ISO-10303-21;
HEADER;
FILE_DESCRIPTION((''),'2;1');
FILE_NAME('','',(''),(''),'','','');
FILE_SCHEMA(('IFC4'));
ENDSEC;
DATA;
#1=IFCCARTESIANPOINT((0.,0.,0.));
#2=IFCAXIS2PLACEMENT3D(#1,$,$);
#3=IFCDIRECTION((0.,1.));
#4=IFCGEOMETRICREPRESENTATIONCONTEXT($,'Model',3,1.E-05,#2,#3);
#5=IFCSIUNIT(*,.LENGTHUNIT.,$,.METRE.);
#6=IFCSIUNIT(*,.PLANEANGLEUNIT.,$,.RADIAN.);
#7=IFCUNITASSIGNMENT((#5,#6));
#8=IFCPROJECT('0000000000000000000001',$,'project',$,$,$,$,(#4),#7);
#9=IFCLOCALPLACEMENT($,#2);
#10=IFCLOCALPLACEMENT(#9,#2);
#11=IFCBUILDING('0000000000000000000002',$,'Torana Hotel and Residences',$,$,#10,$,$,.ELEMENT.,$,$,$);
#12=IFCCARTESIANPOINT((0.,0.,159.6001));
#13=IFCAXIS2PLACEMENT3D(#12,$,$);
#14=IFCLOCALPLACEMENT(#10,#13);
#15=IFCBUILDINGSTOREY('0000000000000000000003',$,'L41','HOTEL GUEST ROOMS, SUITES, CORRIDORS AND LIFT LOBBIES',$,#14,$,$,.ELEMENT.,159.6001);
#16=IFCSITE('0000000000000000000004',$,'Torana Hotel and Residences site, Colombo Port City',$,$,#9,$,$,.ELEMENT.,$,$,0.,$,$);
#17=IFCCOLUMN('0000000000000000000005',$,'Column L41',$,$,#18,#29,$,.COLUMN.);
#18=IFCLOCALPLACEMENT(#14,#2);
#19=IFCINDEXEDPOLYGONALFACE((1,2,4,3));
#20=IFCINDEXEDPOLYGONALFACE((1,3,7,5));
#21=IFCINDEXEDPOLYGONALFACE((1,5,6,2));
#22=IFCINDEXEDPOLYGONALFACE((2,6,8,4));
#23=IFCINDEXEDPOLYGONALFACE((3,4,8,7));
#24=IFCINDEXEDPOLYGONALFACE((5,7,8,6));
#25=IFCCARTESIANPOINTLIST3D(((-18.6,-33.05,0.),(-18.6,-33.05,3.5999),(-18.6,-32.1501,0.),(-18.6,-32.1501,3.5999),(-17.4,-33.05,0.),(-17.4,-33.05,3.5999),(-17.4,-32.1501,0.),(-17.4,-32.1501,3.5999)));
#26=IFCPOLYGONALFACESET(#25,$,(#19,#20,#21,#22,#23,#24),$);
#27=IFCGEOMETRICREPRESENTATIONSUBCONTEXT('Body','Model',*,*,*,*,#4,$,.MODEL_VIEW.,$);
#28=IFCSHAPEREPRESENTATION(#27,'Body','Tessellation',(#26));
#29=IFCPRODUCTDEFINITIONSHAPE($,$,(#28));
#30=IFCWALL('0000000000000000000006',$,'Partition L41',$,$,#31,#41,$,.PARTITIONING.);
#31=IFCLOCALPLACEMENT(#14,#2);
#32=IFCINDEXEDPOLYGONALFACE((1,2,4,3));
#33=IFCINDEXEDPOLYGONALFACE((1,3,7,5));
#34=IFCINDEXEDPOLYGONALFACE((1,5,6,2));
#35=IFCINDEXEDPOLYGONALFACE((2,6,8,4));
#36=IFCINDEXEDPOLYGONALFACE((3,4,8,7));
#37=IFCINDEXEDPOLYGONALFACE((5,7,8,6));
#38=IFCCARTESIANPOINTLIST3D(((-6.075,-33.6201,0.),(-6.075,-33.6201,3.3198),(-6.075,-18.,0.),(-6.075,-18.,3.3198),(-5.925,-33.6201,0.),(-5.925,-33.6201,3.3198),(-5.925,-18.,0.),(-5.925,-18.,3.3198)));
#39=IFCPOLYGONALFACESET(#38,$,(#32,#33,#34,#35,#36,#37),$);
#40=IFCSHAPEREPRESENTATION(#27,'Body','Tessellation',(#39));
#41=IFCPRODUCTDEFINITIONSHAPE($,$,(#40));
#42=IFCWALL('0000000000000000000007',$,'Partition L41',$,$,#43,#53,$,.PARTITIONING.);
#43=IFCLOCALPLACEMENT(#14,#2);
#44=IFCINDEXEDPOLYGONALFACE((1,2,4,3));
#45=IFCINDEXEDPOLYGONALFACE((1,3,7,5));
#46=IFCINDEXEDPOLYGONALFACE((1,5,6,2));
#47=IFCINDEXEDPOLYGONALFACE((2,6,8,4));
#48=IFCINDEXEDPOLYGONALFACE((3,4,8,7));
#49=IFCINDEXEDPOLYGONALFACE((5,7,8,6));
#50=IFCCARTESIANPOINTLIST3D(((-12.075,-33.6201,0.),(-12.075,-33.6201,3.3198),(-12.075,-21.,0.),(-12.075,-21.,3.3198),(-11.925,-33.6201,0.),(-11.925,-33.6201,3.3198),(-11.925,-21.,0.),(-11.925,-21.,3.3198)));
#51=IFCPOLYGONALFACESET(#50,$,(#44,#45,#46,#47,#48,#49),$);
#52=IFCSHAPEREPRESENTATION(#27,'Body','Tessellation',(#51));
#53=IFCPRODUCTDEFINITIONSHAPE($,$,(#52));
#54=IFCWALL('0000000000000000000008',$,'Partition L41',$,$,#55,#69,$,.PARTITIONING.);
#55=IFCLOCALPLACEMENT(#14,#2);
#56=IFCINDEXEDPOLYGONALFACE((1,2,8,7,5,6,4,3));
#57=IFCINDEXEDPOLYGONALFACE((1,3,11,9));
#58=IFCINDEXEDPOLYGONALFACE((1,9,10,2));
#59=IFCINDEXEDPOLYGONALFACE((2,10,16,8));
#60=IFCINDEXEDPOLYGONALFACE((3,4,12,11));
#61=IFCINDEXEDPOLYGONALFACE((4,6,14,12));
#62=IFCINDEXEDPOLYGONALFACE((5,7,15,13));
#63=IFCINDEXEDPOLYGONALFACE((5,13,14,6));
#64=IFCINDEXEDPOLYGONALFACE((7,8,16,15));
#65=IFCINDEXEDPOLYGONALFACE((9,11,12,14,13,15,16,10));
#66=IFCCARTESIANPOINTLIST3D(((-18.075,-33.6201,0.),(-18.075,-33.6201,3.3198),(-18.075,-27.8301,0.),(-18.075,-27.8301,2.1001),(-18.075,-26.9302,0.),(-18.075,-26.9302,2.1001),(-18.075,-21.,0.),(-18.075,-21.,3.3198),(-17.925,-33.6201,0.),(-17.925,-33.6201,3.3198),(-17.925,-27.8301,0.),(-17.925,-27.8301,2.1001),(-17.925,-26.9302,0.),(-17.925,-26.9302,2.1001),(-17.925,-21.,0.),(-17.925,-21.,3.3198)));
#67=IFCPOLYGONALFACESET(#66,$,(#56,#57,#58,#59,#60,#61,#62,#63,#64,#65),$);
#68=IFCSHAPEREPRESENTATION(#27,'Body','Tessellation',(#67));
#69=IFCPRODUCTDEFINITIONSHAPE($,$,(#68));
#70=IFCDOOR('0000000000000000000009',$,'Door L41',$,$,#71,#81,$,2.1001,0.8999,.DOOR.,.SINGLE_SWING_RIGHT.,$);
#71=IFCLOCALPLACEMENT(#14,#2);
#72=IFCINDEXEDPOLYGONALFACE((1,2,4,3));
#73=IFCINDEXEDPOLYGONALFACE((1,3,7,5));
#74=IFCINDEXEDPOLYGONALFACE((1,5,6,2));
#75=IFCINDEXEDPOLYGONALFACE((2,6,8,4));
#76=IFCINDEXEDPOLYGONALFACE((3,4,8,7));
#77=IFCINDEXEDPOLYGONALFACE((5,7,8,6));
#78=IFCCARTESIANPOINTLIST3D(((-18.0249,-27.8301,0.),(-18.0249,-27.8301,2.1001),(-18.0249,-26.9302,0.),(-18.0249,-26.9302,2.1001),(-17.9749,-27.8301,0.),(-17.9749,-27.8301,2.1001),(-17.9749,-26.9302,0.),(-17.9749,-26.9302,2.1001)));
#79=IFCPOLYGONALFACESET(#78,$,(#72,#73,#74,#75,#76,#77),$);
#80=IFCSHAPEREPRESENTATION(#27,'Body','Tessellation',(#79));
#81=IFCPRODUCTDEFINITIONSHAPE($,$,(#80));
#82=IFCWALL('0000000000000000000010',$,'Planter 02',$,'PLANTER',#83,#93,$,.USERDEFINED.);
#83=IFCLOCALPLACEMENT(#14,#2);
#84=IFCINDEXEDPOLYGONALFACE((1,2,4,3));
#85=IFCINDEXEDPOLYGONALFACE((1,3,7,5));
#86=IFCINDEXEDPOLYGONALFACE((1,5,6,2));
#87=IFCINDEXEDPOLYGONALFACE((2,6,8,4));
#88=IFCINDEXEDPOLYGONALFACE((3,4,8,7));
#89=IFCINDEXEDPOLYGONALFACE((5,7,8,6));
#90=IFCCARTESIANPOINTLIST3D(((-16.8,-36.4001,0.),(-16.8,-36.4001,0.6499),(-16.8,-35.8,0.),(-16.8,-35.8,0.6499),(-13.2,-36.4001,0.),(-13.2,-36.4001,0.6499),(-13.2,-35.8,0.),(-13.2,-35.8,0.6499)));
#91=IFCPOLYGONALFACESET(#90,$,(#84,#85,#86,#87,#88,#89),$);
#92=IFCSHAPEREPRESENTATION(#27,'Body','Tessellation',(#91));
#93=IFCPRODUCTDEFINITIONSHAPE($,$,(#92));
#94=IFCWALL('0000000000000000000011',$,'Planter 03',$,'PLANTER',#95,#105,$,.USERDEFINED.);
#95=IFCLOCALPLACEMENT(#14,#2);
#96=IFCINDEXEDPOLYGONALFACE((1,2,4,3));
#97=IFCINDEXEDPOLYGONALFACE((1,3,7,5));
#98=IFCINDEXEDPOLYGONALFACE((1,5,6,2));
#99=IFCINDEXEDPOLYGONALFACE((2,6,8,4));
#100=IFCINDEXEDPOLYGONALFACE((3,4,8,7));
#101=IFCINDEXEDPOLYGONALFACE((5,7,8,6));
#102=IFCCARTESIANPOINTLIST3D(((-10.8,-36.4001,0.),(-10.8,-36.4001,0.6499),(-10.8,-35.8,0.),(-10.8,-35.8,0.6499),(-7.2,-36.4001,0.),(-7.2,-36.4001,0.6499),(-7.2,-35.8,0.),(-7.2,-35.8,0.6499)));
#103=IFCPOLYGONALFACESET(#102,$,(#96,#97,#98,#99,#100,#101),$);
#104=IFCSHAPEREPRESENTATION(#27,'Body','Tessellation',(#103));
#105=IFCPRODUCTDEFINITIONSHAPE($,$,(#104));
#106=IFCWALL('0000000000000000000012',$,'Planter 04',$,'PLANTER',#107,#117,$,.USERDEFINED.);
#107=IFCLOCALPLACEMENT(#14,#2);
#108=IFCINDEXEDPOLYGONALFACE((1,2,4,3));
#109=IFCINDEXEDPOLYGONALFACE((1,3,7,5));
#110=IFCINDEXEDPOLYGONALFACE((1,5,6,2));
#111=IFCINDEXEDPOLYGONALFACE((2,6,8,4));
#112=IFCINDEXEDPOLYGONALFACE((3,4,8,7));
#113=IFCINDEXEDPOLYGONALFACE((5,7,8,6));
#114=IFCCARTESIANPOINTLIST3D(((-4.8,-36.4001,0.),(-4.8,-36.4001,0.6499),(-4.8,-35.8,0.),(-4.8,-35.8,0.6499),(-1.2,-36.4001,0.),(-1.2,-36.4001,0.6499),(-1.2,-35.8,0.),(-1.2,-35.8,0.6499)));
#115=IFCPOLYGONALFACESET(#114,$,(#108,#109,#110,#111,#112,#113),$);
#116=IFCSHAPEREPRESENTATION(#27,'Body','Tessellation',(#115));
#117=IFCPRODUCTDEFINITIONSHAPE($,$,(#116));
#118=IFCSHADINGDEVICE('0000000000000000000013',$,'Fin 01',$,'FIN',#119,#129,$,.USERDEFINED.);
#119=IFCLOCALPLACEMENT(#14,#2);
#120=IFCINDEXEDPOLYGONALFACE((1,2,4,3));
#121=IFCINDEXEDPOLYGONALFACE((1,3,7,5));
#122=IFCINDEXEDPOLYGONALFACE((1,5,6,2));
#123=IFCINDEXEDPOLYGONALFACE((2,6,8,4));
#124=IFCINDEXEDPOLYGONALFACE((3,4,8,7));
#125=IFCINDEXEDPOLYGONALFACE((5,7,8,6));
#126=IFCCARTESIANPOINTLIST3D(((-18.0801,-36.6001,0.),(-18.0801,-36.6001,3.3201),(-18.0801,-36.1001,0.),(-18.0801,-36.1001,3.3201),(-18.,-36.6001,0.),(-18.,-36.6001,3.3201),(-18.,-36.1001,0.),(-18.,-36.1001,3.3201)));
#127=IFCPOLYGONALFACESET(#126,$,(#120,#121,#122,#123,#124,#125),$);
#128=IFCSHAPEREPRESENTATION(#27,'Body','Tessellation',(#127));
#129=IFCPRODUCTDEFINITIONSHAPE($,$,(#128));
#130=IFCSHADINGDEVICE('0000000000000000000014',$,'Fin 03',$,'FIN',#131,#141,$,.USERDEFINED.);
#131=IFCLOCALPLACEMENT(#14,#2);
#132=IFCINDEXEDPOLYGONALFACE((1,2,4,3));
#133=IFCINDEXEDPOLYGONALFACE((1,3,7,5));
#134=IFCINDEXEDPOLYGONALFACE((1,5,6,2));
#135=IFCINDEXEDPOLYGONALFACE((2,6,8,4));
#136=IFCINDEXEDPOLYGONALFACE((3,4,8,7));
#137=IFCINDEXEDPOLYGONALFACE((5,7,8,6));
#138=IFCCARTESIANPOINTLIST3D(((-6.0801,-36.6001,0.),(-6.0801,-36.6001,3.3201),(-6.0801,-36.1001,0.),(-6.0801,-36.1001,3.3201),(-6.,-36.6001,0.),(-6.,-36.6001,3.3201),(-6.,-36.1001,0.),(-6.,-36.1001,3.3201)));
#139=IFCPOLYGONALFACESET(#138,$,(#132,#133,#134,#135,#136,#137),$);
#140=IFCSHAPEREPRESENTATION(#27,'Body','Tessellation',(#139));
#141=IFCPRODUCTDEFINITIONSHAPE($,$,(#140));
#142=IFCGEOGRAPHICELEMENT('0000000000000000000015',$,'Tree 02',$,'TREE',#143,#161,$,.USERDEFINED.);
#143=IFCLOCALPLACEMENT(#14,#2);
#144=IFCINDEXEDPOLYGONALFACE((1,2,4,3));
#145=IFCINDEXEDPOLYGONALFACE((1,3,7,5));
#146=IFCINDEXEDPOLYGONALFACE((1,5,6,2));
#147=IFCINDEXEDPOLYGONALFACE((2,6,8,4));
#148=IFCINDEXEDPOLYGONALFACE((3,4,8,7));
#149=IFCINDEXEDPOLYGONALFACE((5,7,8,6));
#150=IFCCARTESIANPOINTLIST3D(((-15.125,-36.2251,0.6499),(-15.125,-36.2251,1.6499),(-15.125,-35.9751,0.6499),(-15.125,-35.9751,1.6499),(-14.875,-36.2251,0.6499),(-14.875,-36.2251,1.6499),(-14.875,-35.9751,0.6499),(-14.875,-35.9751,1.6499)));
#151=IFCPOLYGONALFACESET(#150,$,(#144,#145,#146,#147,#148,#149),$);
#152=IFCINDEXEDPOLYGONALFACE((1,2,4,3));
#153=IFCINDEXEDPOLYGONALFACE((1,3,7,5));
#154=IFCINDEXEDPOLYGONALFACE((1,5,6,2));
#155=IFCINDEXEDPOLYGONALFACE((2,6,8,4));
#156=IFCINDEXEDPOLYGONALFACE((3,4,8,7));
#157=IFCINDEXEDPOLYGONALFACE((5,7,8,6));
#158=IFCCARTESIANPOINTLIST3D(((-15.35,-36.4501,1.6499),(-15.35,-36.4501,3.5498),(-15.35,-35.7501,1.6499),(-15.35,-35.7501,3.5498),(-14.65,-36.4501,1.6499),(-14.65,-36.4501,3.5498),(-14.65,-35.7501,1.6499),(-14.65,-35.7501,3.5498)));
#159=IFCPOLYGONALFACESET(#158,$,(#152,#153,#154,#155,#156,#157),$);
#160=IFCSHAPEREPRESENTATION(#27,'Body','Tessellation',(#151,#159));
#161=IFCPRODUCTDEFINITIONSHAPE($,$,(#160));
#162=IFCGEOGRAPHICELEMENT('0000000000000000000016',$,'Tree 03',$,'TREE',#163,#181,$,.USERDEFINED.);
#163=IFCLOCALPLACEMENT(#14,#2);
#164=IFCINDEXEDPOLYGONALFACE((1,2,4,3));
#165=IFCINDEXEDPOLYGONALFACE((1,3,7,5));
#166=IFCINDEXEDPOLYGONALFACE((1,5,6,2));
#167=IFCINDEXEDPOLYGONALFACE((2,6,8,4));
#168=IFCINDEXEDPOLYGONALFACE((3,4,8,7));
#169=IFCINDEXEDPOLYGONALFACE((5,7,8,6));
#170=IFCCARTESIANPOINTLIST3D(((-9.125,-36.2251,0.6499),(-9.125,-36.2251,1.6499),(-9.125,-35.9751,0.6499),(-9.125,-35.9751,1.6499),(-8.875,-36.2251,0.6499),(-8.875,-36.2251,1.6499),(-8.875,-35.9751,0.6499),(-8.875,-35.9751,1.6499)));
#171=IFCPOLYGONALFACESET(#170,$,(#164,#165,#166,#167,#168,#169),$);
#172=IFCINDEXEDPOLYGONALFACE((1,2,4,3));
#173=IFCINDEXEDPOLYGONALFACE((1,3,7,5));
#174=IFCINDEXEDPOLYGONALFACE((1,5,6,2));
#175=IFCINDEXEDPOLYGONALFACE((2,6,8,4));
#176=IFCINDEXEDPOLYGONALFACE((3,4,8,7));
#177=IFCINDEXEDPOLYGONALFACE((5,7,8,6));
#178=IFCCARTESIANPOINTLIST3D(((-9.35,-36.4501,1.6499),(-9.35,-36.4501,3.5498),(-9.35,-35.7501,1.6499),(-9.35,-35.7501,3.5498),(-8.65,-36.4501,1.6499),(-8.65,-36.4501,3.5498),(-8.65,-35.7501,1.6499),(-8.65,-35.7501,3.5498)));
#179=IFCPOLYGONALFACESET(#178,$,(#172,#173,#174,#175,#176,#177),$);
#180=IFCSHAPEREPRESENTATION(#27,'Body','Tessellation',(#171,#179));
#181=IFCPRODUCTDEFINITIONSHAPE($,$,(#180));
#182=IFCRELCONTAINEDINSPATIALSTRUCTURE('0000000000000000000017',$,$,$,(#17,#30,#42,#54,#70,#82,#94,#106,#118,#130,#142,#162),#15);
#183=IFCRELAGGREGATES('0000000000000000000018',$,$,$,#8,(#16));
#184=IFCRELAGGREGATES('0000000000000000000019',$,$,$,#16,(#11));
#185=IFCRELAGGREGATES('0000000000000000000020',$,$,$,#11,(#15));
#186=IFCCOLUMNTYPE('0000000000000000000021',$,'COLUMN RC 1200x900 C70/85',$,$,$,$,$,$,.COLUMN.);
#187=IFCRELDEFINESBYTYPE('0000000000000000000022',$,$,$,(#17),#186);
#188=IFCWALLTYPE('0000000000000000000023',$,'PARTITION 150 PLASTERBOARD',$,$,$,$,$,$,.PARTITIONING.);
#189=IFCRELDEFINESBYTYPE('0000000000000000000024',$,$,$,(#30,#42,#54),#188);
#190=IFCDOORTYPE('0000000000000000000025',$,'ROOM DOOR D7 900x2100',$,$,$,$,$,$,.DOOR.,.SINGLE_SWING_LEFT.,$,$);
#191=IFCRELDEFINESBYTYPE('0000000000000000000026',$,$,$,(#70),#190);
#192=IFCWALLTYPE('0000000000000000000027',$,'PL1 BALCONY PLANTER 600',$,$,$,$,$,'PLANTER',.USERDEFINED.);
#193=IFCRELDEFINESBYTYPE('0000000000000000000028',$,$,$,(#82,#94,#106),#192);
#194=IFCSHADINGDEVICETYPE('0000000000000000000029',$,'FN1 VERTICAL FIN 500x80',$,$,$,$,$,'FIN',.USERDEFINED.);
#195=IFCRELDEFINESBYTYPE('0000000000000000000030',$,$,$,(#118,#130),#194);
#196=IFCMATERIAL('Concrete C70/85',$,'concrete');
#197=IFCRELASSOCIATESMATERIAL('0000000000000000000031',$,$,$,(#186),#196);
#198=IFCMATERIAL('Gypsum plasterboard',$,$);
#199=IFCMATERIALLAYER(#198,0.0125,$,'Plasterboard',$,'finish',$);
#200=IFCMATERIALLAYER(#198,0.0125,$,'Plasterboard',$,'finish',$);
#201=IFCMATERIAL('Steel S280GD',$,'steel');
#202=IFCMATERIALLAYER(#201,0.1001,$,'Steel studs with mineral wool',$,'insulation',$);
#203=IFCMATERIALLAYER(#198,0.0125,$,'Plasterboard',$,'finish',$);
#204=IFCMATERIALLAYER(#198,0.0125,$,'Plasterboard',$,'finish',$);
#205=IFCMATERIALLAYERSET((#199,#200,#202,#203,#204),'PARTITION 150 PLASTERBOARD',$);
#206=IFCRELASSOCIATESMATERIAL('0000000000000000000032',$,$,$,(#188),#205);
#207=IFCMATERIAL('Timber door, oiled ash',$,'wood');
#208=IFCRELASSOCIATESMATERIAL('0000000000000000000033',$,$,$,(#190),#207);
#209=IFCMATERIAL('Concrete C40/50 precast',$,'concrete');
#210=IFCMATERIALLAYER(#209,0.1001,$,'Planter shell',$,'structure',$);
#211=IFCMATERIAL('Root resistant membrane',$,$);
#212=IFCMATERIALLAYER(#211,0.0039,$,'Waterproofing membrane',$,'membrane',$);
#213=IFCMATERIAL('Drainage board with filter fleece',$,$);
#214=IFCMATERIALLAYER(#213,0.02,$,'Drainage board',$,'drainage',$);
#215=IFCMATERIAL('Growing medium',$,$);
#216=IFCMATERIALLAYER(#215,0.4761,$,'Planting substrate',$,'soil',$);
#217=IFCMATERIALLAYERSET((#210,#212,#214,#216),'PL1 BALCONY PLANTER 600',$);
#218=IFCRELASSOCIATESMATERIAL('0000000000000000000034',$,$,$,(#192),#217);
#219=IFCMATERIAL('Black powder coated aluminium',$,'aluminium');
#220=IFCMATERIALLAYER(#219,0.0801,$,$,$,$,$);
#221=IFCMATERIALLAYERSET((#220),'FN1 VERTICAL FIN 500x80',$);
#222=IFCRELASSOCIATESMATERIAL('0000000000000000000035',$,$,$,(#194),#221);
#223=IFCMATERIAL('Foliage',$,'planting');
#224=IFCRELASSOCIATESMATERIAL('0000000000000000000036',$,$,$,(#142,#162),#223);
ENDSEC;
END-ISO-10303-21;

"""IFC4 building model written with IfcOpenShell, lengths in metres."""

from ifc_helpers import new_model, si_unit, direction, frame, frame_2d, origin, origin_2d, place, context, subcontext, project, spatial, rectangle, extrude, material, layer, layer_set, material_profile, profile_set, type_object, element, fill, save


model = new_model("IFC4")

# Units and contexts
model_context = context("Model", 3, precision=1e-05, world=origin(), true_north=direction((0.0, 1.0)))
body_context = subcontext(model_context, "Body", "Model", "MODEL_VIEW")
ifc_project = project(units=[si_unit("LENGTHUNIT", "METRE"), si_unit("PLANEANGLEUNIT", "RADIAN")], contexts=[model_context])

# Site, building, storey
site_placement = place(None, origin())
site = spatial("IfcSite", under=ifc_project, at=site_placement, Name="Torana Hotel and Residences site, Colombo Port City", CompositionType="ELEMENT", RefElevation=0.0)
building_placement = place(site_placement, origin())
building = spatial("IfcBuilding", under=site, at=building_placement, Name="Torana Hotel and Residences", CompositionType="ELEMENT")
storey_placement = place(building_placement, frame((0.0, 0.0, 159.6001)))
storey = spatial("IfcBuildingStorey", under=building, at=storey_placement, Name="L41", Description="HOTEL GUEST ROOMS, SUITES, CORRIDORS AND LIFT LOBBIES", CompositionType="ELEMENT", Elevation=159.6001)

# Column
ifc_material_1 = material(Name="Concrete C70/85", Category="concrete")
ifc_material_profile = material_profile(ifc_material_1, rectangle(XDim=1.2, YDim=0.8999, at=origin_2d()), Name="RC 1200x900")
ifc_profile_set = profile_set([ifc_material_profile], Name="Concrete C70/85")
column_type = type_object("IfcColumnType", Name="COLUMN RC 1200x900 C70/85", PredefinedType="COLUMN", material=ifc_profile_set)
column_placement = place(storey_placement, frame((-18.0, -32.6001, 0.0), z_axis=(0.0, 0.0, 1.0), x_axis=(1.0, 0.0, 0.0)))
element("IfcColumn", 1, at=column_placement, inside=storey, type_object=column_type, Name="Column L41", PredefinedType="COLUMN", context=body_context, shape_type="SweptSolid", body=[
    extrude(rectangle(XDim=1.2, YDim=0.8999, at=origin_2d()), origin(), (0.0, 0.0, 1.0), 3.5999),
])

# Walls
ifc_material_2 = material(Name="Gypsum plasterboard")
ifc_layer_1 = layer(ifc_material_2, 0.0125, Name="Plasterboard", Category="finish")
ifc_layer_2 = layer(ifc_material_2, 0.0125, Name="Plasterboard", Category="finish")
ifc_material_3 = material(Name="Steel S280GD", Category="steel")
ifc_layer_3 = layer(ifc_material_3, 0.1001, Name="Steel studs with mineral wool", Category="insulation")
ifc_layer_4 = layer(ifc_material_2, 0.0125, Name="Plasterboard", Category="finish")
ifc_layer_5 = layer(ifc_material_2, 0.0125, Name="Plasterboard", Category="finish")
ifc_layer_set_1 = layer_set([ifc_layer_1, ifc_layer_2, ifc_layer_3, ifc_layer_4, ifc_layer_5], Name="PARTITION 150 PLASTERBOARD")
wall_type_1 = type_object("IfcWallType", Name="PARTITION 150 PLASTERBOARD", PredefinedType="PARTITIONING", material=ifc_layer_set_1)
wall_1_placement = place(storey_placement, frame((-6.0, -33.6201, 0.0), z_axis=(0.0, 0.0, 1.0), x_axis=(0.0, 1.0, 0.0)))
element("IfcWall", 2, at=wall_1_placement, inside=storey, type_object=wall_type_1, Name="Partition L41", PredefinedType="PARTITIONING", context=body_context, shape_type="SweptSolid", body=[
    extrude(rectangle(XDim=15.6201, YDim=0.1499, at=frame_2d((7.8101, 0.0))), origin(), (0.0, 0.0, 1.0), 3.3198),
])
wall_2_placement = place(storey_placement, frame((-12.0, -33.6201, 0.0), z_axis=(0.0, 0.0, 1.0), x_axis=(0.0, 1.0, 0.0)))
element("IfcWall", 3, at=wall_2_placement, inside=storey, type_object=wall_type_1, Name="Partition L41", PredefinedType="PARTITIONING", context=body_context, shape_type="SweptSolid", body=[
    extrude(rectangle(XDim=12.6201, YDim=0.1499, at=frame_2d((6.3101, 0.0))), origin(), (0.0, 0.0, 1.0), 3.3198),
])

# Wall, opening, door
wall_3_placement = place(storey_placement, frame((-18.0, -33.6201, 0.0), z_axis=(0.0, 0.0, 1.0), x_axis=(0.0, 1.0, 0.0)))
wall_3 = element("IfcWall", 4, at=wall_3_placement, inside=storey, type_object=wall_type_1, Name="Partition L41", PredefinedType="PARTITIONING", context=body_context, shape_type="SweptSolid", body=[
    extrude(rectangle(XDim=12.6201, YDim=0.1499, at=frame_2d((6.3101, 0.0))), origin(), (0.0, 0.0, 1.0), 3.3198),
])
opening_placement = place(wall_3_placement, frame((5.79, 0.0, 0.0)))
opening = element("IfcOpeningElement", 5, at=opening_placement, cuts=wall_3, PredefinedType="OPENING", context=body_context, shape_type="SweptSolid", body=[
    extrude(rectangle(XDim=0.8999, YDim=2.1001, at=frame_2d((0.45, 1.05))), frame((0.0, 0.085, 0.0), z_axis=(0.0, -1.0, 0.0), x_axis=(1.0, 0.0, 0.0)), (0.0, 0.0, 1.0), 0.1699),
])
ifc_material_4 = material(Name="Timber door, oiled ash", Category="wood")
door_type = type_object("IfcDoorType", Name="ROOM DOOR D7 900x2100", OperationType="SINGLE_SWING_LEFT", PredefinedType="DOOR", material=ifc_material_4)
door_placement = place(opening_placement, origin())
door = element("IfcDoor", 6, at=door_placement, inside=storey, type_object=door_type, Name="Door L41", OperationType="SINGLE_SWING_RIGHT", OverallHeight=2.1001, OverallWidth=0.8999, PredefinedType="DOOR", context=body_context, shape_type="SweptSolid", body=[
    extrude(rectangle(XDim=0.8999, YDim=2.1001, at=frame_2d((0.45, 1.05))), frame((0.0, 0.0249, 0.0), z_axis=(0.0, -1.0, 0.0), x_axis=(1.0, 0.0, 0.0)), (0.0, 0.0, 1.0), 0.05),
])
fill(opening, door)

# Walls
ifc_material_5 = material(Name="Concrete C40/50 precast", Category="concrete")
ifc_layer_6 = layer(ifc_material_5, 0.1001, Name="Planter shell", Category="structure")
ifc_material_6 = material(Name="Root resistant membrane")
ifc_layer_7 = layer(ifc_material_6, 0.0039, Name="Waterproofing membrane", Category="membrane")
ifc_material_7 = material(Name="Drainage board with filter fleece")
ifc_layer_8 = layer(ifc_material_7, 0.02, Name="Drainage board", Category="drainage")
ifc_material_8 = material(Name="Growing medium")
ifc_layer_9 = layer(ifc_material_8, 0.4761, Name="Planting substrate", Category="soil")
ifc_layer_set_2 = layer_set([ifc_layer_6, ifc_layer_7, ifc_layer_8, ifc_layer_9], Name="PL1 BALCONY PLANTER 600")
wall_type_2 = type_object("IfcWallType", Name="PL1 BALCONY PLANTER 600", ElementType="PLANTER", PredefinedType="USERDEFINED", material=ifc_layer_set_2)
for number, where, z_axis, x_axis, name in (
    (7, (-13.2, -36.1001, 0.0), (0.0, 0.0, 1.0), (-1.0, 0.0, 0.0), "Planter 02"),
    (8, (-7.2, -36.1001, 0.0), (0.0, 0.0, 1.0), (-1.0, 0.0, 0.0), "Planter 03"),
    (9, (-1.2, -36.1001, 0.0), (0.0, 0.0, 1.0), (-1.0, 0.0, 0.0), "Planter 04"),
):
    element("IfcWall", number, at=place(storey_placement, frame(where, z_axis=z_axis, x_axis=x_axis)), inside=storey, type_object=wall_type_2, Name=name, ObjectType="PLANTER", PredefinedType="USERDEFINED", context=body_context, shape_type="SweptSolid", body=[
        extrude(rectangle(XDim=3.6001, YDim=0.6001, at=frame_2d((1.8, 0.0))), origin(), (0.0, 0.0, 1.0), 0.6499),
    ])

# Shading devices
ifc_material_9 = material(Name="Black powder coated aluminium", Category="aluminium")
ifc_layer_10 = layer(ifc_material_9, 0.0801)
ifc_layer_set_3 = layer_set([ifc_layer_10], Name="FN1 VERTICAL FIN 500x80")
shading_device_type = type_object("IfcShadingDeviceType", Name="FN1 VERTICAL FIN 500x80", ElementType="FIN", PredefinedType="USERDEFINED", material=ifc_layer_set_3)
for number, where, z_axis, x_axis, name in (
    (10, (-18.04, -36.3501, 0.0), (0.0, 0.0, 1.0), (-1.0, 0.0, 0.0), "Fin 01"),
    (11, (-6.04, -36.3501, 0.0), (0.0, 0.0, 1.0), (-1.0, 0.0, 0.0), "Fin 03"),
):
    element("IfcShadingDevice", number, at=place(storey_placement, frame(where, z_axis=z_axis, x_axis=x_axis)), inside=storey, type_object=shading_device_type, Name=name, ObjectType="FIN", PredefinedType="USERDEFINED", context=body_context, shape_type="SweptSolid", body=[
        extrude(rectangle(XDim=0.0801, YDim=0.5, at=origin_2d()), origin(), (0.0, 0.0, 1.0), 3.3201),
    ])

# Geographic elements
ifc_material_10 = material(Name="Foliage", Category="planting")
for number, where, z_axis, x_axis, name in (
    (12, (-15.0, -36.1001, 0.6499), (0.0, 0.0, 1.0), (1.0, 0.0, 0.0), "Tree 02"),
    (13, (-9.0, -36.1001, 0.6499), (0.0, 0.0, 1.0), (1.0, 0.0, 0.0), "Tree 03"),
):
    element("IfcGeographicElement", number, at=place(storey_placement, frame(where, z_axis=z_axis, x_axis=x_axis)), inside=storey, material=ifc_material_10, Name=name, ObjectType="TREE", PredefinedType="USERDEFINED", context=body_context, shape_type="SweptSolid", body=[
        extrude(rectangle(XDim=0.25, YDim=0.25, at=origin_2d()), origin(), (0.0, 0.0, 1.0), 1.0),
        extrude(rectangle(XDim=0.7, YDim=0.7, at=origin_2d()), frame((0.0, 0.0, 1.0)), (0.0, 0.0, 1.0), 1.8999),
    ])

save(model, "model.ifc")
